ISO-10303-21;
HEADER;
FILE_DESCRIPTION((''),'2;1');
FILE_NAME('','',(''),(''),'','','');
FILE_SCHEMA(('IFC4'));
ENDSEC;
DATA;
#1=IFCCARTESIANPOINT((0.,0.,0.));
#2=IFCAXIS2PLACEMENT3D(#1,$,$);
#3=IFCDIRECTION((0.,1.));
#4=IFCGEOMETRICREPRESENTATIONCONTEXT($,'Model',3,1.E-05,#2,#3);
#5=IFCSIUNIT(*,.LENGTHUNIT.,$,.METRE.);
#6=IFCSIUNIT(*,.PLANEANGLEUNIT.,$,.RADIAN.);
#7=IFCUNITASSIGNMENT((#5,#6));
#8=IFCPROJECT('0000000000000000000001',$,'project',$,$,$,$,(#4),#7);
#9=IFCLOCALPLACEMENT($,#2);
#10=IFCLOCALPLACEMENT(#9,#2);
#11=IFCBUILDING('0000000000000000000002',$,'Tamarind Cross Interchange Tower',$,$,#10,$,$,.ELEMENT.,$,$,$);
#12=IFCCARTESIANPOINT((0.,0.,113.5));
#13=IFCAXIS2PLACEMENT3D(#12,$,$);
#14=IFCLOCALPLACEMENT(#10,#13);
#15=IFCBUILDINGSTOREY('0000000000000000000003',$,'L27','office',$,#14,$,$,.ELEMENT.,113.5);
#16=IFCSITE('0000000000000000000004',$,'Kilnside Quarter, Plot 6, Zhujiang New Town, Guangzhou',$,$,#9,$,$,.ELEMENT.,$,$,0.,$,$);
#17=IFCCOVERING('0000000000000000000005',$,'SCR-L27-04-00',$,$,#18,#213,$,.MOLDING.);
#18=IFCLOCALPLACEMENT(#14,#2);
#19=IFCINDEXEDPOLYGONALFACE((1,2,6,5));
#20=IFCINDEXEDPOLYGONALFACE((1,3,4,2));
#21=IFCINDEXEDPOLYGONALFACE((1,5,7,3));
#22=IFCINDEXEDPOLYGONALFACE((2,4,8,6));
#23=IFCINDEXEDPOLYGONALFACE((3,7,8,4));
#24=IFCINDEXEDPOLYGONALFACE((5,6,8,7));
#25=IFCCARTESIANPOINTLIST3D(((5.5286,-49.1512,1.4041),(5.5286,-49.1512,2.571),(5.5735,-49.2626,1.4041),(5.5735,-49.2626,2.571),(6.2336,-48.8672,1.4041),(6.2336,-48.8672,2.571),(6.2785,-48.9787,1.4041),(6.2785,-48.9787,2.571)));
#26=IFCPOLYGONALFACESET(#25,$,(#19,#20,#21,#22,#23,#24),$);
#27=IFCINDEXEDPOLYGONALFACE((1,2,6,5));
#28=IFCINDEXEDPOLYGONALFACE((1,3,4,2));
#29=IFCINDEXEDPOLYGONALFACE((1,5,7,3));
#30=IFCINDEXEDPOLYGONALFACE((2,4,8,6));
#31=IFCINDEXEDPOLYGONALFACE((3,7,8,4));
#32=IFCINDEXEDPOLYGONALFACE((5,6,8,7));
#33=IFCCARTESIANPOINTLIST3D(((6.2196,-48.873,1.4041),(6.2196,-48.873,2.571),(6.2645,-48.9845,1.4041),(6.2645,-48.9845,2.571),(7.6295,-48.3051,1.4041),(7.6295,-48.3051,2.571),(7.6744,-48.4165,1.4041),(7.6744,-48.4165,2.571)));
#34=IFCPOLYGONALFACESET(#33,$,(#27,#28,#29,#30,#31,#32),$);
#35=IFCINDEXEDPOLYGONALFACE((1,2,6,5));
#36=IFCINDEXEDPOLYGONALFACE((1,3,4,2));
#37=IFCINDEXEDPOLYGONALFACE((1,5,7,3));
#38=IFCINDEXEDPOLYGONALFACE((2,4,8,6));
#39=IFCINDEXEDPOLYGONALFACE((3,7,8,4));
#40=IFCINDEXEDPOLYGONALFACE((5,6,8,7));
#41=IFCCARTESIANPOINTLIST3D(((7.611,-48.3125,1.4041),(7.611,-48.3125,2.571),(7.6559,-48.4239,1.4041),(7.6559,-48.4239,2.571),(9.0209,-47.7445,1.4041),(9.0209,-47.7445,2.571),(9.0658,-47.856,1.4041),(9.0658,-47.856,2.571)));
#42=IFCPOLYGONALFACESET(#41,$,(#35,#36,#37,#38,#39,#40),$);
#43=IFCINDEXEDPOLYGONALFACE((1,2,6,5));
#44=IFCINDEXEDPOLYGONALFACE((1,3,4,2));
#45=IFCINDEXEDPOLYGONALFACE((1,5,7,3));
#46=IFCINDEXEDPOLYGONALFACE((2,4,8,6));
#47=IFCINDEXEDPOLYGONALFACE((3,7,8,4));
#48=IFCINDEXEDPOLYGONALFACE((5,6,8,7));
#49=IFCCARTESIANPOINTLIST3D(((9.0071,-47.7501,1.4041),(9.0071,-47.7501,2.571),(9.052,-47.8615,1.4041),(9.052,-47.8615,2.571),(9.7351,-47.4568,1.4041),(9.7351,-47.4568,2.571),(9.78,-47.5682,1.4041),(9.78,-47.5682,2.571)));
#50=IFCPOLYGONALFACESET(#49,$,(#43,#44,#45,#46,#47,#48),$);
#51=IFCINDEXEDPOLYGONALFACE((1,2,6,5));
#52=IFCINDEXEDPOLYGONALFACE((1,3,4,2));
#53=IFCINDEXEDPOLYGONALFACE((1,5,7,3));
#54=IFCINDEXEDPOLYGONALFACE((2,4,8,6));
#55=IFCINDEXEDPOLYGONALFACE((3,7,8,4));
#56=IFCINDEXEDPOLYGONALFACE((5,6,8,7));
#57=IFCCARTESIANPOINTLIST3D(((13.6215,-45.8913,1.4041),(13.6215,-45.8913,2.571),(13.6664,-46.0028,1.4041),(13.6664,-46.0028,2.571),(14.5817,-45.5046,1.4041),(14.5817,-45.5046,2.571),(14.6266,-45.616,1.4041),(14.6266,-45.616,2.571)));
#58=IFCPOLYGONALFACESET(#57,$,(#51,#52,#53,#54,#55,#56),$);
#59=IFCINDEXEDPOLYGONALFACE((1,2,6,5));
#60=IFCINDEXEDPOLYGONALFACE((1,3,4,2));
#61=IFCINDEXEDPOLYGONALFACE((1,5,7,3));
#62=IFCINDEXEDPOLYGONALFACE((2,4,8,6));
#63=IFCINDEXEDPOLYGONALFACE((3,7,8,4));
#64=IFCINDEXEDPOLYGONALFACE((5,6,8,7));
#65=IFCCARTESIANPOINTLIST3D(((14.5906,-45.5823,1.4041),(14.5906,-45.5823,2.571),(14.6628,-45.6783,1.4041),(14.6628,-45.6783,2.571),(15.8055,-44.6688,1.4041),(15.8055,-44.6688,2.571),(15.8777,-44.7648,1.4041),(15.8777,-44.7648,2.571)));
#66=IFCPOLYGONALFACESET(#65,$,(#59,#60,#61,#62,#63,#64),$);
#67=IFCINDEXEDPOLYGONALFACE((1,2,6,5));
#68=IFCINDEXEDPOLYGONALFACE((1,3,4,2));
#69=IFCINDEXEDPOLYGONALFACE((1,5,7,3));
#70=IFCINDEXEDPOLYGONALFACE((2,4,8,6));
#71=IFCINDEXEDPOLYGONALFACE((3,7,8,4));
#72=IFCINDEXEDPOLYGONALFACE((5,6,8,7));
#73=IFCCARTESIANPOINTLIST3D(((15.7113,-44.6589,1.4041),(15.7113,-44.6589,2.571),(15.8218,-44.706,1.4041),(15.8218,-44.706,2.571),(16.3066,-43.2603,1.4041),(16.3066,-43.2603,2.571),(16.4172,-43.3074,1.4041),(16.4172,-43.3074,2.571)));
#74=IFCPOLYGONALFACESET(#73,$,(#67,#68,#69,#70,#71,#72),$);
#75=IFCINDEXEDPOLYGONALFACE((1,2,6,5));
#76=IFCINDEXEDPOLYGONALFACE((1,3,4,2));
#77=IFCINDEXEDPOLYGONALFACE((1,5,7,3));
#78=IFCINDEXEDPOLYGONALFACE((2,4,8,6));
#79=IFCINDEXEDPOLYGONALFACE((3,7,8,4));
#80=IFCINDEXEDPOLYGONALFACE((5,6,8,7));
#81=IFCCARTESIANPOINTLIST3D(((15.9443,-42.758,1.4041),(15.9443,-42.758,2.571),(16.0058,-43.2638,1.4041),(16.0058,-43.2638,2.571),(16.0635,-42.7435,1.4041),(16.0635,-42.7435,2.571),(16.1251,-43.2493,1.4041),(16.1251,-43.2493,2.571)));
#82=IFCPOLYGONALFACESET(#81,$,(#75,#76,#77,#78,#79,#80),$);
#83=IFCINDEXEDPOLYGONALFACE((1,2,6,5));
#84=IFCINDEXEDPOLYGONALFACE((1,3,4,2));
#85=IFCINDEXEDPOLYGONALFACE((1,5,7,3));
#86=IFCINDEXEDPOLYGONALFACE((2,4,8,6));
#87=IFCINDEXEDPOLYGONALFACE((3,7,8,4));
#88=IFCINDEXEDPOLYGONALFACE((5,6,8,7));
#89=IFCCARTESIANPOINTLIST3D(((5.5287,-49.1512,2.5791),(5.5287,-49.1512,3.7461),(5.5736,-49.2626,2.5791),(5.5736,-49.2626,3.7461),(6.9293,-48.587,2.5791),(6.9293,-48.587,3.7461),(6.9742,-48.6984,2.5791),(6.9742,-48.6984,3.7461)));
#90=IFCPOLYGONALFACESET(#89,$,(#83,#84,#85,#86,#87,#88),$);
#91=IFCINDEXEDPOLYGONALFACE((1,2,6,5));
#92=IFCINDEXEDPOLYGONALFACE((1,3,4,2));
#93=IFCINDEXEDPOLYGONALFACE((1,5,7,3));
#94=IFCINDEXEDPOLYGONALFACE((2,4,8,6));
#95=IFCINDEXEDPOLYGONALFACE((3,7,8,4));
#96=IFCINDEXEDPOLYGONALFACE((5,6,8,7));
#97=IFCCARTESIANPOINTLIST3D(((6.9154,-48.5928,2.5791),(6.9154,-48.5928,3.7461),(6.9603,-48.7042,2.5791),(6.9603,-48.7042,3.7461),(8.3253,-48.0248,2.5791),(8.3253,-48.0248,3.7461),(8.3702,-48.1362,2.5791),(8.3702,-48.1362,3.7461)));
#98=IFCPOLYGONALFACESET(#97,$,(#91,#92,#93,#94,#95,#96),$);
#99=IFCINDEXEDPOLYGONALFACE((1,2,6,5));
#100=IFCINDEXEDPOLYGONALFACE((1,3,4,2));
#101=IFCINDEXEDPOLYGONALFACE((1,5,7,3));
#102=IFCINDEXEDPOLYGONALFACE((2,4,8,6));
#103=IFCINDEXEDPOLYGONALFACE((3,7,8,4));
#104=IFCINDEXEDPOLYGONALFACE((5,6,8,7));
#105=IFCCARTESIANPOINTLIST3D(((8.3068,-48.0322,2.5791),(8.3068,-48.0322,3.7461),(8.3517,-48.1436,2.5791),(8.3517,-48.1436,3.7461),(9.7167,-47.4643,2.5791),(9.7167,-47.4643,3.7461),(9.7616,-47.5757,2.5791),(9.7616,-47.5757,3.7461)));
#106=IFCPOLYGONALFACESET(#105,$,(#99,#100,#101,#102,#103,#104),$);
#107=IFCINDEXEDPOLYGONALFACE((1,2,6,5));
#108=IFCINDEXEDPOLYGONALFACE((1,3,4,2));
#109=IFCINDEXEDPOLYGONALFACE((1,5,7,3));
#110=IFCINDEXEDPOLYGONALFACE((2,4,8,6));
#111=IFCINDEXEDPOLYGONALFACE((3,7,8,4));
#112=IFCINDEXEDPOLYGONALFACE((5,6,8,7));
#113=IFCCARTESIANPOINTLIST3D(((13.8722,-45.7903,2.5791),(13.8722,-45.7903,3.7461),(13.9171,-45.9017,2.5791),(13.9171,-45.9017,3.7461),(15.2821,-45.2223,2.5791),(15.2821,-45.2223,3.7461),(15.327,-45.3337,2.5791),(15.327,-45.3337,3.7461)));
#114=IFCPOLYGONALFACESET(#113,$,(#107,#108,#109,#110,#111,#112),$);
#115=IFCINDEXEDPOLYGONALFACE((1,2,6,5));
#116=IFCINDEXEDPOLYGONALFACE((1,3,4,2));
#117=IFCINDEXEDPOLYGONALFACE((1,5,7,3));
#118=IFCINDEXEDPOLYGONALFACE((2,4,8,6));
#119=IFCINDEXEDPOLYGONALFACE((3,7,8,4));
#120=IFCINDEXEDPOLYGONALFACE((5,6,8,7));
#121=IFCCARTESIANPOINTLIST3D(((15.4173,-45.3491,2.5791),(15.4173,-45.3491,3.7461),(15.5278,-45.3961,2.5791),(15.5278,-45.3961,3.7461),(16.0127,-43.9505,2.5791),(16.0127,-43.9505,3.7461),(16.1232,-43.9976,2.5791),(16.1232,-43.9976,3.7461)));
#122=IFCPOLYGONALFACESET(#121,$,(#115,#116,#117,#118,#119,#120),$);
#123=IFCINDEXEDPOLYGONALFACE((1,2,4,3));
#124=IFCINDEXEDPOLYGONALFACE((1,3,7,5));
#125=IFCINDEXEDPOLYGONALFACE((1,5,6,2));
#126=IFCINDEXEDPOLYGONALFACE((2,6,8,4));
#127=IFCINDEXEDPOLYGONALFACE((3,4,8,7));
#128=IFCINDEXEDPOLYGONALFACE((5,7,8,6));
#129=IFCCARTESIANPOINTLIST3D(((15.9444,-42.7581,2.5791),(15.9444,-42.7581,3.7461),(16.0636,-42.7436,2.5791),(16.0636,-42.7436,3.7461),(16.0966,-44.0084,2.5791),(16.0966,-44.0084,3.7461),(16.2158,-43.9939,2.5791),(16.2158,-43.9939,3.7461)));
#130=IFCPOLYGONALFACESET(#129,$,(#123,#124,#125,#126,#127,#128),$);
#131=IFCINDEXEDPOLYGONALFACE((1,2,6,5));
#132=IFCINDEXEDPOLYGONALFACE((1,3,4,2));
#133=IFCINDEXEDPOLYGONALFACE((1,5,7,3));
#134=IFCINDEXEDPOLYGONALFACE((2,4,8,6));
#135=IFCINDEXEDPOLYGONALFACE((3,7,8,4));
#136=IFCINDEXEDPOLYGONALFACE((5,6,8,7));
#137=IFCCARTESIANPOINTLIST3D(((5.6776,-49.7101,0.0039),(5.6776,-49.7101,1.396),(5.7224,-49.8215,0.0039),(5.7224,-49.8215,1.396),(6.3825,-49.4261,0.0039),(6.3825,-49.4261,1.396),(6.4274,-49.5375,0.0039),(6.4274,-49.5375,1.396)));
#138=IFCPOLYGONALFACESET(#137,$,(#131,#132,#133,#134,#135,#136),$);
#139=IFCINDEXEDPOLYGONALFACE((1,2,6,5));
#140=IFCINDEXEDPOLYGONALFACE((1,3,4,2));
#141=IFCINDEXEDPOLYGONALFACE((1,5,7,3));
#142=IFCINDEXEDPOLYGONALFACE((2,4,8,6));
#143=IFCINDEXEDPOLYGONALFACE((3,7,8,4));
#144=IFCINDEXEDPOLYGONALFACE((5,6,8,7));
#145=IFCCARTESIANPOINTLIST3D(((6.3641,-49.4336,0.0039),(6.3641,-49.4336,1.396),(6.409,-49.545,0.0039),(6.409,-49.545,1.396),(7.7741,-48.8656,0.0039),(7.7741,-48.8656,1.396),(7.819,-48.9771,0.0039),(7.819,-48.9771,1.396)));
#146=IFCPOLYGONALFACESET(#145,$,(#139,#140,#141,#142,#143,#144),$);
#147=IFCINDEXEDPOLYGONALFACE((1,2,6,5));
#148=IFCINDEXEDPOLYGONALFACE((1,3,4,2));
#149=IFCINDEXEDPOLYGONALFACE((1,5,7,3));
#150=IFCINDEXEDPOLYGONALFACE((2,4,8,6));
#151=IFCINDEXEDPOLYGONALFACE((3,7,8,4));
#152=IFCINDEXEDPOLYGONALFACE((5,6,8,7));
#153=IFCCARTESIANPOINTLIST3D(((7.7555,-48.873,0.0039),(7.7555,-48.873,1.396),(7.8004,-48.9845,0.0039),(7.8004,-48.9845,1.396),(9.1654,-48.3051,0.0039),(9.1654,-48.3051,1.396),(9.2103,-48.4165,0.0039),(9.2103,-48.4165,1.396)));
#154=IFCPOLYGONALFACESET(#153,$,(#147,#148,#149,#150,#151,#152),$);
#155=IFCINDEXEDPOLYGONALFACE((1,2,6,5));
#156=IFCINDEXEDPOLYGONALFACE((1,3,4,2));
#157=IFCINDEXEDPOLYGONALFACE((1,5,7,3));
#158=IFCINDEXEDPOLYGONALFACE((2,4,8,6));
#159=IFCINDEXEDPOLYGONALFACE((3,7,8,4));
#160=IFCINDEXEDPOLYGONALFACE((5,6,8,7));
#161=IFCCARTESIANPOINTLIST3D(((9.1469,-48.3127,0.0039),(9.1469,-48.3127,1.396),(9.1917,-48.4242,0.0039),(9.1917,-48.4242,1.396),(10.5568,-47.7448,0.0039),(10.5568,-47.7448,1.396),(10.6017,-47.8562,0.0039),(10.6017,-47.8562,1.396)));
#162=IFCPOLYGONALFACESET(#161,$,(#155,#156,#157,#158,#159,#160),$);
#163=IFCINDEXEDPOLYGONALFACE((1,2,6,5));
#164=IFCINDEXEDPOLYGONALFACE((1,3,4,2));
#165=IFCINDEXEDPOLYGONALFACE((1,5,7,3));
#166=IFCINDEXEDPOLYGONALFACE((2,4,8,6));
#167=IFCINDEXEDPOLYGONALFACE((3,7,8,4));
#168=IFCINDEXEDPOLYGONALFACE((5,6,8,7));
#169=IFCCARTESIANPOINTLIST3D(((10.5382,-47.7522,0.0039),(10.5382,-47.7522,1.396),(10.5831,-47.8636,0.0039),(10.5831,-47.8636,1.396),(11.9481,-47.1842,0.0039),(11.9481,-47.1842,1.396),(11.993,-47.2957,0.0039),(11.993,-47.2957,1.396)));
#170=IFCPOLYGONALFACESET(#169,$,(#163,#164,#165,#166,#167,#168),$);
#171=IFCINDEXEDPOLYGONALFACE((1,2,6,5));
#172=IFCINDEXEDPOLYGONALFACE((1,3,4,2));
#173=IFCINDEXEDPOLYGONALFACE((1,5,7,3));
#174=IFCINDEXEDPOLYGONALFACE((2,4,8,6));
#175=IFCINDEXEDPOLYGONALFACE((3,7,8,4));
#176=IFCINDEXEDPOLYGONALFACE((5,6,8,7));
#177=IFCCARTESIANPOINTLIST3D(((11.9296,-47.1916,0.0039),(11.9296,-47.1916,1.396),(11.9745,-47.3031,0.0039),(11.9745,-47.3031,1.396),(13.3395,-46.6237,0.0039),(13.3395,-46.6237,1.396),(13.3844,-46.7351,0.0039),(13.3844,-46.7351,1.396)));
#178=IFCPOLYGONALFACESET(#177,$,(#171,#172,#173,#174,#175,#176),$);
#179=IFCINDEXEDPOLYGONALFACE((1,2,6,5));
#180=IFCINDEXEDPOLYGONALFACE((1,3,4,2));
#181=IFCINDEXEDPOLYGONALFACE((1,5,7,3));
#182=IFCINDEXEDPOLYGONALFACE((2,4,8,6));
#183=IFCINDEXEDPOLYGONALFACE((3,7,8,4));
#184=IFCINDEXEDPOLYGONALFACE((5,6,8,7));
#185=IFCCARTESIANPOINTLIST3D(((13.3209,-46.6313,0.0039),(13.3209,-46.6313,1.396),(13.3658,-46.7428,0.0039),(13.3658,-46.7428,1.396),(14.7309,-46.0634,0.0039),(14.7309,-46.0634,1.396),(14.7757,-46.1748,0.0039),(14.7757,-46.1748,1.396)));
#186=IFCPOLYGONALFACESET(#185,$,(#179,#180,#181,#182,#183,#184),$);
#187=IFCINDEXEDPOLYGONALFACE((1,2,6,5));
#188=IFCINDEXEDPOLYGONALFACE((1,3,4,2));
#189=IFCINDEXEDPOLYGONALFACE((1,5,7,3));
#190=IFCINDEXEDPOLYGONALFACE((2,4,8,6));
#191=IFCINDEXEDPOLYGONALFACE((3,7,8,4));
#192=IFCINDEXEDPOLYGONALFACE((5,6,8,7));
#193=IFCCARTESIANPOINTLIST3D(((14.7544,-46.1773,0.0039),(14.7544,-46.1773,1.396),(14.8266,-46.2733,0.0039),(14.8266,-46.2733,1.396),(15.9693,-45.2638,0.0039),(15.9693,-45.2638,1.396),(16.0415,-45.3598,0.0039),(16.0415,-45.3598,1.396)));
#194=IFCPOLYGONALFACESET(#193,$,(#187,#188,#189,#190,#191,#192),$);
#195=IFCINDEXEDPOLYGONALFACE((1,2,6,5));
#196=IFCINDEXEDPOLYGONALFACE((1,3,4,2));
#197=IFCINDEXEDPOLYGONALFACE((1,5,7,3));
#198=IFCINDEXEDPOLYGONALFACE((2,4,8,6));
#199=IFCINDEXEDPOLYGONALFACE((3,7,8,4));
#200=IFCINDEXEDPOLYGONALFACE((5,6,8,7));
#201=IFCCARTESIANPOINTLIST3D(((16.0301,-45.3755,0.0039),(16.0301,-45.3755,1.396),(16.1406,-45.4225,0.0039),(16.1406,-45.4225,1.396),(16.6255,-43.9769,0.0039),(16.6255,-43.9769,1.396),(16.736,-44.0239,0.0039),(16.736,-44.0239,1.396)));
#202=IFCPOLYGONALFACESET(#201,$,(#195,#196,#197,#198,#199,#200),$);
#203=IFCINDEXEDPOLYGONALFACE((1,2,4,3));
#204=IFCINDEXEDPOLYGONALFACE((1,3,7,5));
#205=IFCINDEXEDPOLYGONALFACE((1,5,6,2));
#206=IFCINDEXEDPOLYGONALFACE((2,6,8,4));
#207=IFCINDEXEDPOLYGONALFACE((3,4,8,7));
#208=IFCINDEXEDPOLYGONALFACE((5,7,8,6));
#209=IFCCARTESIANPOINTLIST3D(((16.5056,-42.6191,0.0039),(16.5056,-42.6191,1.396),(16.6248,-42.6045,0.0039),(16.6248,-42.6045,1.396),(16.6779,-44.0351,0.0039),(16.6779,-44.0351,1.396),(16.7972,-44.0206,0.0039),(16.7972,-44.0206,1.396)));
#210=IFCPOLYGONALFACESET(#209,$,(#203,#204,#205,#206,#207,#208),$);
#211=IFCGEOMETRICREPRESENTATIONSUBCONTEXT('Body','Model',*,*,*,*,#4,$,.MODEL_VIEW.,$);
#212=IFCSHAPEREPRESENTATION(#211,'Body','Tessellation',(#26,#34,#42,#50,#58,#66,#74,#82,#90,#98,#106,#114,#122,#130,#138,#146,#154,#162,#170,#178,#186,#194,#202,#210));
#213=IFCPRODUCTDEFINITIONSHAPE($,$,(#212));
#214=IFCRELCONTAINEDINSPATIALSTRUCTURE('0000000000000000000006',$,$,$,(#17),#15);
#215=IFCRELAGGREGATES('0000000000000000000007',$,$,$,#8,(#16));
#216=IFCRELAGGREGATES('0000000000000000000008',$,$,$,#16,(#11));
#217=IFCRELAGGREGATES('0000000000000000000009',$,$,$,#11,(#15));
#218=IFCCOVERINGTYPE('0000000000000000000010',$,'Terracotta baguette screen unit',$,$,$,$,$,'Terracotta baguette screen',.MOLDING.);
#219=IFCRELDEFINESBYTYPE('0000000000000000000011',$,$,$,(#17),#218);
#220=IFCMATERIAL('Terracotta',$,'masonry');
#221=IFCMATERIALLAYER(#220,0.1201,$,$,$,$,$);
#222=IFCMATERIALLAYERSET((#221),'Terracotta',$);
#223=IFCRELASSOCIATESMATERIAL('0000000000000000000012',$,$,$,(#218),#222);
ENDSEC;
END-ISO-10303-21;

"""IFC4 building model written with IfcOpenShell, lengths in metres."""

from ifc_helpers import new_model, si_unit, direction, frame, origin, origin_2d, place, context, subcontext, project, spatial, rectangle, extrude, material, layer, layer_set, type_object, element, save


model = new_model("IFC4")

# Units and contexts
model_context = context("Model", 3, precision=1e-05, world=origin(), true_north=direction((0.0, 1.0)))
body_context = subcontext(model_context, "Body", "Model", "MODEL_VIEW")
ifc_project = project(units=[si_unit("LENGTHUNIT", "METRE"), si_unit("PLANEANGLEUNIT", "RADIAN")], contexts=[model_context])

# Site, building, storey
site_placement = place(None, origin())
site = spatial("IfcSite", under=ifc_project, at=site_placement, Name="Kilnside Quarter, Plot 6, Zhujiang New Town, Guangzhou", CompositionType="ELEMENT", RefElevation=0.0)
building_placement = place(site_placement, origin())
building = spatial("IfcBuilding", under=site, at=building_placement, Name="Tamarind Cross Interchange Tower", CompositionType="ELEMENT")
storey_placement = place(building_placement, frame((0.0, 0.0, 113.5)))
storey = spatial("IfcBuildingStorey", under=building, at=storey_placement, Name="L27", Description="office", CompositionType="ELEMENT", Elevation=113.5)

# Covering
ifc_material_1 = material(Name="Terracotta", Category="masonry")
ifc_layer_1 = layer(ifc_material_1, 0.1201)
ifc_layer_set_1 = layer_set([ifc_layer_1], Name="Terracotta")
covering_type = type_object("IfcCoveringType", Name="Terracotta baguette screen unit", ElementType="Terracotta baguette screen", PredefinedType="MOLDING", material=ifc_layer_set_1)
covering_1_placement = place(storey_placement, origin())
element("IfcCovering", 1, at=covering_1_placement, inside=storey, type_object=covering_type, Name="SCR-L27-04-00", PredefinedType="MOLDING", context=body_context, shape_type="SweptSolid", body=[
    extrude(rectangle(XDim=0.76, YDim=0.1201, at=origin_2d()), frame((5.9036, -49.0649, 1.4041), z_axis=(0.0, 0.0, 1.0), x_axis=(0.92757, 0.373648, 0.0)), (0.0, 0.0, 1.0), 1.167),
    extrude(rectangle(XDim=1.52, YDim=0.1201, at=origin_2d()), frame((6.947, -48.6448, 1.4041), z_axis=(0.0, 0.0, 1.0), x_axis=(0.92757, 0.373648, 0.0)), (0.0, 0.0, 1.0), 1.167),
    extrude(rectangle(XDim=1.52, YDim=0.1201, at=origin_2d()), frame((8.3384, -48.0842, 1.4041), z_axis=(0.0, 0.0, 1.0), x_axis=(0.92757, 0.373648, 0.0)), (0.0, 0.0, 1.0), 1.167),
    extrude(rectangle(XDim=0.7849, YDim=0.1201, at=origin_2d()), frame((9.3936, -47.6592, 1.4041), z_axis=(0.0, 0.0, 1.0), x_axis=(0.92757, 0.373648, 0.0)), (0.0, 0.0, 1.0), 1.167),
    extrude(rectangle(XDim=1.0352, YDim=0.1201, at=origin_2d()), frame((14.124, -45.7537, 1.4041), z_axis=(0.0, 0.0, 1.0), x_axis=(0.92757, 0.373648, 0.0)), (0.0, 0.0, 1.0), 1.167),
    extrude(rectangle(XDim=1.52, YDim=0.1201, at=origin_2d()), frame((15.2341, -45.1736, 1.4041), z_axis=(0.0, 0.0, 1.0), x_axis=(0.799257, 0.60099, 0.0)), (0.0, 0.0, 1.0), 1.167),
    extrude(rectangle(XDim=1.52, YDim=0.1201, at=origin_2d()), frame((16.0642, -43.9832, 1.4041), z_axis=(0.0, 0.0, 1.0), x_axis=(0.391682, 0.920101, 0.0)), (0.0, 0.0, 1.0), 1.167),
    extrude(rectangle(XDim=0.5095, YDim=0.1201, at=origin_2d()), frame((16.0347, -43.0037, 1.4041), z_axis=(0.0, 0.0, 1.0), x_axis=(-0.120844, 0.992672, 0.0)), (0.0, 0.0, 1.0), 1.167),
    extrude(rectangle(XDim=1.51, YDim=0.1201, at=origin_2d()), frame((6.2515, -48.9248, 2.5791), z_axis=(0.0, 0.0, 1.0), x_axis=(0.92757, 0.373648, 0.0)), (0.0, 0.0, 1.0), 1.167),
    extrude(rectangle(XDim=1.52, YDim=0.1201, at=origin_2d()), frame((7.6428, -48.3645, 2.5791), z_axis=(0.0, 0.0, 1.0), x_axis=(0.92757, 0.373648, 0.0)), (0.0, 0.0, 1.0), 1.167),
    extrude(rectangle(XDim=1.52, YDim=0.1201, at=origin_2d()), frame((9.0342, -47.804, 2.5791), z_axis=(0.0, 0.0, 1.0), x_axis=(0.92757, 0.373648, 0.0)), (0.0, 0.0, 1.0), 1.167),
    extrude(rectangle(XDim=1.52, YDim=0.1201, at=origin_2d()), frame((14.5996, -45.562, 2.5791), z_axis=(0.0, 0.0, 1.0), x_axis=(0.92757, 0.373648, 0.0)), (0.0, 0.0, 1.0), 1.167),
    extrude(rectangle(XDim=1.52, YDim=0.1201, at=origin_2d()), frame((15.7703, -44.6733, 2.5791), z_axis=(0.0, 0.0, 1.0), x_axis=(0.391682, 0.920101, 0.0)), (0.0, 0.0, 1.0), 1.167),
    extrude(rectangle(XDim=1.2595, YDim=0.1201, at=origin_2d()), frame((16.0801, -43.376, 2.5791), z_axis=(0.0, 0.0, 1.0), x_axis=(-0.120844, 0.992672, 0.0)), (0.0, 0.0, 1.0), 1.167),
    extrude(rectangle(XDim=0.76, YDim=0.1201, at=origin_2d()), frame((6.0525, -49.6238, 0.0039), z_axis=(0.0, 0.0, 1.0), x_axis=(0.92757, 0.373648, 0.0)), (0.0, 0.0, 1.0), 1.3921),
    extrude(rectangle(XDim=1.52, YDim=0.1201, at=origin_2d()), frame((7.0916, -49.2053, 0.0039), z_axis=(0.0, 0.0, 1.0), x_axis=(0.92757, 0.373648, 0.0)), (0.0, 0.0, 1.0), 1.3921),
    extrude(rectangle(XDim=1.52, YDim=0.1201, at=origin_2d()), frame((8.4829, -48.6448, 0.0039), z_axis=(0.0, 0.0, 1.0), x_axis=(0.92757, 0.373648, 0.0)), (0.0, 0.0, 1.0), 1.3921),
    extrude(rectangle(XDim=1.52, YDim=0.1201, at=origin_2d()), frame((9.8743, -48.0845, 0.0039), z_axis=(0.0, 0.0, 1.0), x_axis=(0.92757, 0.373648, 0.0)), (0.0, 0.0, 1.0), 1.3921),
    extrude(rectangle(XDim=1.52, YDim=0.1201, at=origin_2d()), frame((11.2656, -47.5239, 0.0039), z_axis=(0.0, 0.0, 1.0), x_axis=(0.92757, 0.373648, 0.0)), (0.0, 0.0, 1.0), 1.3921),
    extrude(rectangle(XDim=1.52, YDim=0.1201, at=origin_2d()), frame((12.657, -46.9634, 0.0039), z_axis=(0.0, 0.0, 1.0), x_axis=(0.92757, 0.373648, 0.0)), (0.0, 0.0, 1.0), 1.3921),
    extrude(rectangle(XDim=1.52, YDim=0.1201, at=origin_2d()), frame((14.0483, -46.4031, 0.0039), z_axis=(0.0, 0.0, 1.0), x_axis=(0.92757, 0.373648, 0.0)), (0.0, 0.0, 1.0), 1.3921),
    extrude(rectangle(XDim=1.52, YDim=0.1201, at=origin_2d()), frame((15.3979, -45.7686, 0.0039), z_axis=(0.0, 0.0, 1.0), x_axis=(0.799257, 0.60099, 0.0)), (0.0, 0.0, 1.0), 1.3921),
    extrude(rectangle(XDim=1.52, YDim=0.1201, at=origin_2d()), frame((16.3831, -44.6997, 0.0039), z_axis=(0.0, 0.0, 1.0), x_axis=(0.391682, 0.920101, 0.0)), (0.0, 0.0, 1.0), 1.3921),
    extrude(rectangle(XDim=1.4265, YDim=0.1201, at=origin_2d()), frame((16.6514, -43.3198, 0.0039), z_axis=(0.0, 0.0, 1.0), x_axis=(-0.120844, 0.992672, 0.0)), (0.0, 0.0, 1.0), 1.3921),
])

save(model, "model.ifc")
